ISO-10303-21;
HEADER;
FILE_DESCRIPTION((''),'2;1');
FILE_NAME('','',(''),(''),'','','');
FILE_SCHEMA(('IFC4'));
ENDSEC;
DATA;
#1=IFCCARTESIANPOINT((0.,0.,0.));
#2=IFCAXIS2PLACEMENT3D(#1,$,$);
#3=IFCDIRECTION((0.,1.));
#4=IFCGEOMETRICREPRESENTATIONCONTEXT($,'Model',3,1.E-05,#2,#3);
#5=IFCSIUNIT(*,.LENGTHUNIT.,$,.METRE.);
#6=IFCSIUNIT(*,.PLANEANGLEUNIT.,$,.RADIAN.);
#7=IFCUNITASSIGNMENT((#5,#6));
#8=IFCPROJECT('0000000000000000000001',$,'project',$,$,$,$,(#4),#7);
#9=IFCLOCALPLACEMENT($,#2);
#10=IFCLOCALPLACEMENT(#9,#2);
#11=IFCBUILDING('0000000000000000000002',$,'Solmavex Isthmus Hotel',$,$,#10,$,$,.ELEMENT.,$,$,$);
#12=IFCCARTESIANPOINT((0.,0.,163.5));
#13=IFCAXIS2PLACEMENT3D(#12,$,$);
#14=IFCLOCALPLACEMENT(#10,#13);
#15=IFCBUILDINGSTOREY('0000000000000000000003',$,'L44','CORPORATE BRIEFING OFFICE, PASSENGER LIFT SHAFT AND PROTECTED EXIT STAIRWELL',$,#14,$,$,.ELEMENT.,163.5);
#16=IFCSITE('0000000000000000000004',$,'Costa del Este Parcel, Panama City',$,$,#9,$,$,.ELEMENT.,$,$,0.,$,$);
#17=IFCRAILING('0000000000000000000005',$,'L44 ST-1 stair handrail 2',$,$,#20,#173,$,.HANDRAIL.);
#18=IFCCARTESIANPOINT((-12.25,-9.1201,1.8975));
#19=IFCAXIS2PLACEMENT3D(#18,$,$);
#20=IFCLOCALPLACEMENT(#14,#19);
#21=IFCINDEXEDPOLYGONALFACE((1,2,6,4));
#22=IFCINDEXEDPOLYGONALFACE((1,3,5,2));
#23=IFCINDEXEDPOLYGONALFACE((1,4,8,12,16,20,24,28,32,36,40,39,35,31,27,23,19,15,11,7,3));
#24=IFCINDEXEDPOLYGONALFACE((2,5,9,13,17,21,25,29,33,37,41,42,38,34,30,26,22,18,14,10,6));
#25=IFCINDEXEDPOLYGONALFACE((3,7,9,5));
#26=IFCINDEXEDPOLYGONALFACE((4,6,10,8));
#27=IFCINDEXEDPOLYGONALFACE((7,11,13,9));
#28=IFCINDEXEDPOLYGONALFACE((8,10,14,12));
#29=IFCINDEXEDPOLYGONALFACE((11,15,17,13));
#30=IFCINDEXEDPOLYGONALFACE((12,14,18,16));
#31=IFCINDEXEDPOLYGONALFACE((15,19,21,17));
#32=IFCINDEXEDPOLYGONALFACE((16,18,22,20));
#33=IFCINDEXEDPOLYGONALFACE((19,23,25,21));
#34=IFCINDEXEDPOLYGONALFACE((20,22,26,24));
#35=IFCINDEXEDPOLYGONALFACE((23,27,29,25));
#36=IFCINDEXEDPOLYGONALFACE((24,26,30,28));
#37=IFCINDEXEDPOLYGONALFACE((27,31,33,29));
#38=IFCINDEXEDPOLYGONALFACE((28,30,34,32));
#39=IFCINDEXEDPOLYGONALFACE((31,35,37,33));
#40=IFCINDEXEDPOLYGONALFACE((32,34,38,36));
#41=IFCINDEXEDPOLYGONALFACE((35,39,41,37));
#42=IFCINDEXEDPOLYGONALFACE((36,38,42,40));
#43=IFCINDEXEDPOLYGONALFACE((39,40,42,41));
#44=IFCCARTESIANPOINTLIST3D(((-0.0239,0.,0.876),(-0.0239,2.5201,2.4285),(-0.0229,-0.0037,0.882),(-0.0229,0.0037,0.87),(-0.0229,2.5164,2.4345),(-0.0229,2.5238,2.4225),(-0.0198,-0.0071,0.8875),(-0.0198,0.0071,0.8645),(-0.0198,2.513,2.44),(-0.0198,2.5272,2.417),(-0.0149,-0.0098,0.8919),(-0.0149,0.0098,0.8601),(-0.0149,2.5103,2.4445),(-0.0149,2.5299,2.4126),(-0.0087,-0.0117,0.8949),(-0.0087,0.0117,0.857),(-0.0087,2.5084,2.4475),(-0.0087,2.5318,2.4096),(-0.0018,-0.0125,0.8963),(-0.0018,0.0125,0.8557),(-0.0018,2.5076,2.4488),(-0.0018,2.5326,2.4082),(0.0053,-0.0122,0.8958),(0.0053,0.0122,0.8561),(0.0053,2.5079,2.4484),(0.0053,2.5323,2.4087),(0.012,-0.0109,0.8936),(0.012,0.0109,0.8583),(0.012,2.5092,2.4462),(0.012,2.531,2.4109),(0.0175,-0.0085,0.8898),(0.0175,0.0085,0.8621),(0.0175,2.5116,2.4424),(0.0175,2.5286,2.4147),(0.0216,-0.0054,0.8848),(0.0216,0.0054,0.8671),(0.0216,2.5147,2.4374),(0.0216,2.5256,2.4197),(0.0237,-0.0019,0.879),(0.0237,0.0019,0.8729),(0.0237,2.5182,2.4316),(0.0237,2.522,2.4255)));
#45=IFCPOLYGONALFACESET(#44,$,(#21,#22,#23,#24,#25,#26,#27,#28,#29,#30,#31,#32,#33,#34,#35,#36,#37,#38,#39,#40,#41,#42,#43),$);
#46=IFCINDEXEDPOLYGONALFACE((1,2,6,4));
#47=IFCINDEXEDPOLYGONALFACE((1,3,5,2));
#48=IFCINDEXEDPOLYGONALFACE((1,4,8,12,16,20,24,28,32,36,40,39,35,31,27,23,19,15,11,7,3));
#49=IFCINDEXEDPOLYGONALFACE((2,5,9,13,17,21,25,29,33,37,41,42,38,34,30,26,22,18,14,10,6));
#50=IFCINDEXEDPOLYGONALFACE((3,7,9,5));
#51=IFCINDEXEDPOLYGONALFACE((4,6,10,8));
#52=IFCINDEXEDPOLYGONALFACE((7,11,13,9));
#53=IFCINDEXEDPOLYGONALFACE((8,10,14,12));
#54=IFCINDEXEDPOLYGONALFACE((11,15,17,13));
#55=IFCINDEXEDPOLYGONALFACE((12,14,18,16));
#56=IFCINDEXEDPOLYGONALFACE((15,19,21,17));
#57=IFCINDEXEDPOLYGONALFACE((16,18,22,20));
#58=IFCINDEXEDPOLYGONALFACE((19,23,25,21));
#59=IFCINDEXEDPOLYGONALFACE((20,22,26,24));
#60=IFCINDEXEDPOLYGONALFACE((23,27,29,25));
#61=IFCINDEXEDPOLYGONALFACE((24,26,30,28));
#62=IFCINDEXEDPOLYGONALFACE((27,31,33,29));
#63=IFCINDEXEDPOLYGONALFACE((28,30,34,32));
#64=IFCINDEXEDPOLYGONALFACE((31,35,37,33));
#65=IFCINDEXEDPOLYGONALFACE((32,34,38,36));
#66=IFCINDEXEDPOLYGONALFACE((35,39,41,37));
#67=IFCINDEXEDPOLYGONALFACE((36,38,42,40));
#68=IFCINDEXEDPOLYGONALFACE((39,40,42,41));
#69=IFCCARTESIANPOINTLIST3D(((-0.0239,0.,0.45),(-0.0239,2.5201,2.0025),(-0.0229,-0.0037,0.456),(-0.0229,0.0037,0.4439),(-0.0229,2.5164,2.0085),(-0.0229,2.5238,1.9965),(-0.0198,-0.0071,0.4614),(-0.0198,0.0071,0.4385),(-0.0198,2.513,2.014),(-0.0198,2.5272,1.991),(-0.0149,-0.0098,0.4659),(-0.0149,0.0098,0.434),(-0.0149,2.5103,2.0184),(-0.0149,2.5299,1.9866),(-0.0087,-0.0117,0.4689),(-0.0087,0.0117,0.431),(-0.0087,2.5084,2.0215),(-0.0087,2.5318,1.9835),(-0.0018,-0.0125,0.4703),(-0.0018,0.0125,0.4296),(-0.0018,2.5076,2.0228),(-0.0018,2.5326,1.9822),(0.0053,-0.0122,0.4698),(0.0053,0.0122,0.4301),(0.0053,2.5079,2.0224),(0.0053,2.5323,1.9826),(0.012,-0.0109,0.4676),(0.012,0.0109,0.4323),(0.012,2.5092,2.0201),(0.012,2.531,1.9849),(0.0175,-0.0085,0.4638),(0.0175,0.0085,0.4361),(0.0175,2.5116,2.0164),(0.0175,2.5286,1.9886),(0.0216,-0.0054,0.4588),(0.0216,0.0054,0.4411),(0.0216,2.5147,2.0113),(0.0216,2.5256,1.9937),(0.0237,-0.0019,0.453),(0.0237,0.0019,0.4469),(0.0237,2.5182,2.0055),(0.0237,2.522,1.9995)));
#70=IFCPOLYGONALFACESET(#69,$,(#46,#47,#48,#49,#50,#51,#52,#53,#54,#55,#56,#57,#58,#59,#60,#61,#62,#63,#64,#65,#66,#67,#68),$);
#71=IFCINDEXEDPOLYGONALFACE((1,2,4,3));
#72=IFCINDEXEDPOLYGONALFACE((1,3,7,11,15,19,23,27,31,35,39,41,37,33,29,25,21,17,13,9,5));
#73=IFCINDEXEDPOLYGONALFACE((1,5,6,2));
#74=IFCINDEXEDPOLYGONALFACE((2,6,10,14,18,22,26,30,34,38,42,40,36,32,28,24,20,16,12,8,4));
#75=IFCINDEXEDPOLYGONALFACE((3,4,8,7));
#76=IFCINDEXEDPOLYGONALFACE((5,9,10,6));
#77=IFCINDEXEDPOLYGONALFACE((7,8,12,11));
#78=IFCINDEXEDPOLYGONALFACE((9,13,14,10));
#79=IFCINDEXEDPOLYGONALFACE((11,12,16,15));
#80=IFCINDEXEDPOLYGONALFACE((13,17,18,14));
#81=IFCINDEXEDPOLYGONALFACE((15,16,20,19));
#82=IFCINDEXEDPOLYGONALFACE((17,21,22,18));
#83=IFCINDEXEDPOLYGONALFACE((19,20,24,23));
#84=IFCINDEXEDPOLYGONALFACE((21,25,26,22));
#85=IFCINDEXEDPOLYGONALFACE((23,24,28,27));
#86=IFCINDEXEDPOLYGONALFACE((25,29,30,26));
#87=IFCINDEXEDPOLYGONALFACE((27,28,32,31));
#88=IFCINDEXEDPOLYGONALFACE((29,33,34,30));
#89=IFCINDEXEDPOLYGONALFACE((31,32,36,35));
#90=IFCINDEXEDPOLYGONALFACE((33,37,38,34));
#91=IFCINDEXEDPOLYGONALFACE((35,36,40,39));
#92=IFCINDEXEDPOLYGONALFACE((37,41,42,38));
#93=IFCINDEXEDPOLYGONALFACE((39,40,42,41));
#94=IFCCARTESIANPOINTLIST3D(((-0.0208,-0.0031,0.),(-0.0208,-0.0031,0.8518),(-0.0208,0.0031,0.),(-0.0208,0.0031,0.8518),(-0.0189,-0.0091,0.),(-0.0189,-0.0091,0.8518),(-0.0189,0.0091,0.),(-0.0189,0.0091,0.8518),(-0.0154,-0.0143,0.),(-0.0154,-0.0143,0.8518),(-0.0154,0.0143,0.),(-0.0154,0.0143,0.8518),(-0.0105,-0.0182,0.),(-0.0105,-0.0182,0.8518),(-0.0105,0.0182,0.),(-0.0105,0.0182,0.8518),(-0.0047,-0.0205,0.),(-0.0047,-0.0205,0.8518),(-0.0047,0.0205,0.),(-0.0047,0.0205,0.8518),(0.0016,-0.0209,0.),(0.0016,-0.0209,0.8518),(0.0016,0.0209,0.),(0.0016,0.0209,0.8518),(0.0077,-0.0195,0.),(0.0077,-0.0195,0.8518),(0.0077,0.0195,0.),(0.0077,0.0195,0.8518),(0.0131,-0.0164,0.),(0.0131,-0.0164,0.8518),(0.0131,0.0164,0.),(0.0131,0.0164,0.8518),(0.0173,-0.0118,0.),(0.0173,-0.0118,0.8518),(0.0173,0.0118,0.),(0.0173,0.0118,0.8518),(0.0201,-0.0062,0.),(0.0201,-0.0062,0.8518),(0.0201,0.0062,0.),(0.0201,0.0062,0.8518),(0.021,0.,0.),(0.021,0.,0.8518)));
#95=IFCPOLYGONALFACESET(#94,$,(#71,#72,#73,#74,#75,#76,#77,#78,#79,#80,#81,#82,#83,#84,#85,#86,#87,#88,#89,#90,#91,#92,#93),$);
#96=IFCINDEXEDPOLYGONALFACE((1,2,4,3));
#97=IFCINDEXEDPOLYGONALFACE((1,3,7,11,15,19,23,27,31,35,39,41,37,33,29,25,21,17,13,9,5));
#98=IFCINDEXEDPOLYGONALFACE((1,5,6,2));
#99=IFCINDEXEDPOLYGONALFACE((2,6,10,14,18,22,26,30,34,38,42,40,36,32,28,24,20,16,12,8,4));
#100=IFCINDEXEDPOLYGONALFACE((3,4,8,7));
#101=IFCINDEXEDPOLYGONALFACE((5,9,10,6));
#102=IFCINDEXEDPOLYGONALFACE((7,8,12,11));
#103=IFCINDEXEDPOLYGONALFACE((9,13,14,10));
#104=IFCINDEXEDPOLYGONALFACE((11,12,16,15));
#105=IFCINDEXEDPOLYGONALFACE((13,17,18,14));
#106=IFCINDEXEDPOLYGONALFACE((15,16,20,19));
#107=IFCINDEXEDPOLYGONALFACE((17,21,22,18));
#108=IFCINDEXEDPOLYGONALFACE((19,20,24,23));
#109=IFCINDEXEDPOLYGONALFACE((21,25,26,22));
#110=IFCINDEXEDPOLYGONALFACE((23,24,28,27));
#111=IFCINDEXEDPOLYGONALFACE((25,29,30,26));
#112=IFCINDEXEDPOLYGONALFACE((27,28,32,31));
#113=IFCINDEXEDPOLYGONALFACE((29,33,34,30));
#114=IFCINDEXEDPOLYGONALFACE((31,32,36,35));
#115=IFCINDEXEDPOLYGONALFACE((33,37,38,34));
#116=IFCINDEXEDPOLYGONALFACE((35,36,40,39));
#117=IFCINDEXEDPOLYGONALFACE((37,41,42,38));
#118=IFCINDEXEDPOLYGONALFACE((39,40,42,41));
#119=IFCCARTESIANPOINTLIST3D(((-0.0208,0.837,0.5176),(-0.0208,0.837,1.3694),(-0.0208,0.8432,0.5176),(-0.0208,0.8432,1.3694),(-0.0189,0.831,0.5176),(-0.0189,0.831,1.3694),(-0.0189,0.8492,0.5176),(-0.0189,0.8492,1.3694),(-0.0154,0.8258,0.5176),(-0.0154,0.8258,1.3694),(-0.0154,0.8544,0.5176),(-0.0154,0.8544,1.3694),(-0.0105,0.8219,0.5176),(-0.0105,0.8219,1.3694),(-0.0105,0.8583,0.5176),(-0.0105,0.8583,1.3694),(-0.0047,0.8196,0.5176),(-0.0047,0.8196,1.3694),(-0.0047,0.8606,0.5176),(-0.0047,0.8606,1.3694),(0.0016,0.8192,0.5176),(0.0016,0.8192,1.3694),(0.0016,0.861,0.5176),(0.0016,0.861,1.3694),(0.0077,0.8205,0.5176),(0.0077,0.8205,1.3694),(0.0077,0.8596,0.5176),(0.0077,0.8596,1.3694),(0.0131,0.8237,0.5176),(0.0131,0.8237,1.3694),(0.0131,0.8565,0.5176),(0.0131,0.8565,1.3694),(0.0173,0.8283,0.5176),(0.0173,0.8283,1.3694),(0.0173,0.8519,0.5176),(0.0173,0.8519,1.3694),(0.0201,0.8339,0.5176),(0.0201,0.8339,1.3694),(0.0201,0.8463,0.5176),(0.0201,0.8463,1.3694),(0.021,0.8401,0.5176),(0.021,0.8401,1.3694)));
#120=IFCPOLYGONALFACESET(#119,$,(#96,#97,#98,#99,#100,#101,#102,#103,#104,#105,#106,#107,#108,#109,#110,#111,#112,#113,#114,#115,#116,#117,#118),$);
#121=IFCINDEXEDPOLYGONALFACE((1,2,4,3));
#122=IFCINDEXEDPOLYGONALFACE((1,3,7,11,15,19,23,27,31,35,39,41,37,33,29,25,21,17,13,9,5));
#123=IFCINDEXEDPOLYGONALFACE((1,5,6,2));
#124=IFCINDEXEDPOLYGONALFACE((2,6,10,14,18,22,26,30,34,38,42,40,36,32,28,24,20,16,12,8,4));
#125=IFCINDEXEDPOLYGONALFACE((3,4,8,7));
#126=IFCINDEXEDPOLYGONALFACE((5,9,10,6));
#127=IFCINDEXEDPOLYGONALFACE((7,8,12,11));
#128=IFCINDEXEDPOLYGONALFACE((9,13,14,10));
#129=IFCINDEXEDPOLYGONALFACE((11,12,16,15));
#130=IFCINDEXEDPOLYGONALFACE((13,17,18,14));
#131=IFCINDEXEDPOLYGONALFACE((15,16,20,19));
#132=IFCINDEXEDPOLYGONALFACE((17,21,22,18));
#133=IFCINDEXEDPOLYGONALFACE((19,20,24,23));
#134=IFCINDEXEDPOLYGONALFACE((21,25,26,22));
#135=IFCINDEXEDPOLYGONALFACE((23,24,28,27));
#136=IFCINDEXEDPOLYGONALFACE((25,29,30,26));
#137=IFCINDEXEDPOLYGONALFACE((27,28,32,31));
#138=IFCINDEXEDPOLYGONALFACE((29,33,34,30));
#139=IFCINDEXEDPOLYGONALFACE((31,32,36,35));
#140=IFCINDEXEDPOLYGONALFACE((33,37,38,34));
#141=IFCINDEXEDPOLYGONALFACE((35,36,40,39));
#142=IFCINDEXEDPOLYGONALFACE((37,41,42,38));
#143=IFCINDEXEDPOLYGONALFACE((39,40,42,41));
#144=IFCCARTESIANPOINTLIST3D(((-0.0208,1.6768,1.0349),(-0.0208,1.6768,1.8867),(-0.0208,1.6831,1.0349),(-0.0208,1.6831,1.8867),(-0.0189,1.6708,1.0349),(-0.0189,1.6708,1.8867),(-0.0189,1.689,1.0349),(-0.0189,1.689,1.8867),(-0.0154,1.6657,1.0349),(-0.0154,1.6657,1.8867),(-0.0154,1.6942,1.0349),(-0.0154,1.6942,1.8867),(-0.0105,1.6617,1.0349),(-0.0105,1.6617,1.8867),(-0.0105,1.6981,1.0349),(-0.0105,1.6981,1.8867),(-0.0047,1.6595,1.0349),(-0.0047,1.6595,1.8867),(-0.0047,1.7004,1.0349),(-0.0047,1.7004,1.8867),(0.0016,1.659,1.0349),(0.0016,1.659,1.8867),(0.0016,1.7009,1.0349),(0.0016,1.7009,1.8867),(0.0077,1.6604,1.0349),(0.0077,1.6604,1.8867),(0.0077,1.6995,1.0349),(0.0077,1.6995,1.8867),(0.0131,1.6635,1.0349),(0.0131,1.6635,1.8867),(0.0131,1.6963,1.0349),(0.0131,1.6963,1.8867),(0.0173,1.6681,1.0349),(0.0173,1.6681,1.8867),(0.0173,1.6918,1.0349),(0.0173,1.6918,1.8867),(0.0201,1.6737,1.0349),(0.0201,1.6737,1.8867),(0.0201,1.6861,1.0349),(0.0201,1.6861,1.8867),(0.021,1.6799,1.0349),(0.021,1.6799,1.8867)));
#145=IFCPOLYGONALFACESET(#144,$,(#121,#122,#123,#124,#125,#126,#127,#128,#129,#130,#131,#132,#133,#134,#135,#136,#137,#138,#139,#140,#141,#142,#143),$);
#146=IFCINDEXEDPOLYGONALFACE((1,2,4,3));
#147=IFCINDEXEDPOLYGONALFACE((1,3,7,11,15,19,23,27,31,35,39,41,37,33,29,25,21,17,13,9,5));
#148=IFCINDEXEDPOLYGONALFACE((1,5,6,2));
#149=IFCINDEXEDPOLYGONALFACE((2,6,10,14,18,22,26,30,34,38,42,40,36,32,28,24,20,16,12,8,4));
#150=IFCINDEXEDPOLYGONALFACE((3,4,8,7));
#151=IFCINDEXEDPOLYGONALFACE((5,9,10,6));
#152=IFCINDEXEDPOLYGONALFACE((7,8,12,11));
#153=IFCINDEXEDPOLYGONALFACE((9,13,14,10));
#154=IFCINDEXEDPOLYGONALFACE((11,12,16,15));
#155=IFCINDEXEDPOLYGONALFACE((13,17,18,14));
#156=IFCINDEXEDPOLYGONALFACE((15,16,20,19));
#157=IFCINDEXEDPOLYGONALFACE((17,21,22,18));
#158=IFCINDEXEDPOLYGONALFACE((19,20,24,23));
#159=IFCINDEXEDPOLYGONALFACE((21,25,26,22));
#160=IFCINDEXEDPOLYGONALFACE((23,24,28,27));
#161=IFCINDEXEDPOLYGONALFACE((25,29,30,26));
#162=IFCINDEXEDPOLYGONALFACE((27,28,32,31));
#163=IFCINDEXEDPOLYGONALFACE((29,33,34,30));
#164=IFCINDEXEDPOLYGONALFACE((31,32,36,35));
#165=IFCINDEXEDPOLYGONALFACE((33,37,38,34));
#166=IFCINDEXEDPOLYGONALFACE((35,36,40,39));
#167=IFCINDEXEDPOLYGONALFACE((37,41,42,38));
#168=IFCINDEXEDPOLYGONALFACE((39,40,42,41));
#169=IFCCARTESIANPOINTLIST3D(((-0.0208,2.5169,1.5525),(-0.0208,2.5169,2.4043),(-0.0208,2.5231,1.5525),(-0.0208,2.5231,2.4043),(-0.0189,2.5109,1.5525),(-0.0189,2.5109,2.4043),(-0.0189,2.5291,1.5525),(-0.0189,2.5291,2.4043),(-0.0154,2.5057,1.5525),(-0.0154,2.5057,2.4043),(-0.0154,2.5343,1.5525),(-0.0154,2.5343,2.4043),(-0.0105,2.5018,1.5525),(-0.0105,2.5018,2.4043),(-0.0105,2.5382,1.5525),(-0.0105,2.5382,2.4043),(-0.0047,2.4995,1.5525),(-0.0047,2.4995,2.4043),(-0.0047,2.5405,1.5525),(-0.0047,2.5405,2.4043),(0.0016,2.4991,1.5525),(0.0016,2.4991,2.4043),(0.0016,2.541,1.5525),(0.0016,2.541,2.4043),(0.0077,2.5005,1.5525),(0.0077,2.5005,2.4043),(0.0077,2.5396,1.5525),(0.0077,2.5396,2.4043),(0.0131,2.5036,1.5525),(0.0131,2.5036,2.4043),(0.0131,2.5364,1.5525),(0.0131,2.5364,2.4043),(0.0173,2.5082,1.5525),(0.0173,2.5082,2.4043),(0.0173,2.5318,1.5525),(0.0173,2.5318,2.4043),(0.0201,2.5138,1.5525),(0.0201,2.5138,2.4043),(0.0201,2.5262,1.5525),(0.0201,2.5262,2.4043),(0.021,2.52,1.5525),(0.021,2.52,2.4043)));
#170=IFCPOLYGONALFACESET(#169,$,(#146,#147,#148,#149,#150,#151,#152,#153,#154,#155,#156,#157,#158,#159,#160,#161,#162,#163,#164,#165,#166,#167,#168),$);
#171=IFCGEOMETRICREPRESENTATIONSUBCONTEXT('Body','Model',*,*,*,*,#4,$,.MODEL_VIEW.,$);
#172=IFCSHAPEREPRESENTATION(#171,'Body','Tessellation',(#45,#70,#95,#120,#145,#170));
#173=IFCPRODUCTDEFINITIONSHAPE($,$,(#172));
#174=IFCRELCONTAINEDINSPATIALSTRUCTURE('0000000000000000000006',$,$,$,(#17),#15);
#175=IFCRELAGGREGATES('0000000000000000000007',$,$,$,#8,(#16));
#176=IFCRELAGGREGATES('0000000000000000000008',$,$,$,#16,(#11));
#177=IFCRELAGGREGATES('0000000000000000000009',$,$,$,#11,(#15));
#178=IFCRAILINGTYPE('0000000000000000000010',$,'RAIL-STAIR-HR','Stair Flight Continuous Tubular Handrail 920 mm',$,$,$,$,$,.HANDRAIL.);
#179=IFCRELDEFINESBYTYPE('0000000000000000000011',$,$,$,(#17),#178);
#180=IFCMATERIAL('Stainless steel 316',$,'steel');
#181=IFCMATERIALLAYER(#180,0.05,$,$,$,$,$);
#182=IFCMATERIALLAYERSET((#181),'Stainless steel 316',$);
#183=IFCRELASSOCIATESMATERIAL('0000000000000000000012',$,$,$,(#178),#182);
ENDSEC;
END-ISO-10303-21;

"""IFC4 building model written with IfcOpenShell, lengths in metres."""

from ifc_helpers import new_model, si_unit, direction, frame, origin, origin_2d, place, context, subcontext, project, spatial, circle, extrude, material, layer, layer_set, type_object, element, save


model = new_model("IFC4")

# Units and contexts
model_context = context("Model", 3, precision=1e-05, world=origin(), true_north=direction((0.0, 1.0)))
body_context = subcontext(model_context, "Body", "Model", "MODEL_VIEW")
ifc_project = project(units=[si_unit("LENGTHUNIT", "METRE"), si_unit("PLANEANGLEUNIT", "RADIAN")], contexts=[model_context])

# Site, building, storey
site_placement = place(None, origin())
site = spatial("IfcSite", under=ifc_project, at=site_placement, Name="Costa del Este Parcel, Panama City", CompositionType="ELEMENT", RefElevation=0.0)
building_placement = place(site_placement, origin())
building = spatial("IfcBuilding", under=site, at=building_placement, Name="Solmavex Isthmus Hotel", CompositionType="ELEMENT")
storey_placement = place(building_placement, frame((0.0, 0.0, 163.5)))
storey = spatial("IfcBuildingStorey", under=building, at=storey_placement, Name="L44", Description="CORPORATE BRIEFING OFFICE, PASSENGER LIFT SHAFT AND PROTECTED EXIT STAIRWELL", CompositionType="ELEMENT", Elevation=163.5)

# Shared definitions
ifc_material_1 = material(Name="Stainless steel 316", Category="steel")

# Railing
ifc_layer_1 = layer(ifc_material_1, 0.05)
ifc_layer_set_1 = layer_set([ifc_layer_1], Name="Stainless steel 316")
railing_type = type_object("IfcRailingType", Name="RAIL-STAIR-HR", Description="Stair Flight Continuous Tubular Handrail 920 mm", PredefinedType="HANDRAIL", material=ifc_layer_set_1)
railing_placement = place(storey_placement, frame((-12.25, -9.1201, 1.8975)))
element("IfcRailing", 1, at=railing_placement, inside=storey, type_object=railing_type, Name="L44 ST-1 stair handrail 2", PredefinedType="HANDRAIL", context=body_context, shape_type="SweptSolid", body=[
    extrude(circle(Radius=0.0239, at=origin_2d()), frame((0.0, 0.0, 0.876), z_axis=(0.0, 0.8514, 0.524516), x_axis=(-1.0, 0.0, 0.0)), (0.0, 0.0, 1.0), 2.96),
    extrude(circle(Radius=0.0239, at=origin_2d()), frame((0.0, 0.0, 0.45), z_axis=(0.0, 0.8514, 0.524516), x_axis=(-1.0, 0.0, 0.0)), (0.0, 0.0, 1.0), 2.96),
    extrude(circle(Radius=0.021, at=origin_2d()), origin(), (0.0, 0.0, 1.0), 0.8518),
    extrude(circle(Radius=0.021, at=origin_2d()), frame((0.0, 0.8401, 0.5176)), (0.0, 0.0, 1.0), 0.8518),
    extrude(circle(Radius=0.021, at=origin_2d()), frame((0.0, 1.6799, 1.0349)), (0.0, 0.0, 1.0), 0.8518),
    extrude(circle(Radius=0.021, at=origin_2d()), frame((0.0, 2.52, 1.5525)), (0.0, 0.0, 1.0), 0.8518),
])

save(model, "model.ifc")
